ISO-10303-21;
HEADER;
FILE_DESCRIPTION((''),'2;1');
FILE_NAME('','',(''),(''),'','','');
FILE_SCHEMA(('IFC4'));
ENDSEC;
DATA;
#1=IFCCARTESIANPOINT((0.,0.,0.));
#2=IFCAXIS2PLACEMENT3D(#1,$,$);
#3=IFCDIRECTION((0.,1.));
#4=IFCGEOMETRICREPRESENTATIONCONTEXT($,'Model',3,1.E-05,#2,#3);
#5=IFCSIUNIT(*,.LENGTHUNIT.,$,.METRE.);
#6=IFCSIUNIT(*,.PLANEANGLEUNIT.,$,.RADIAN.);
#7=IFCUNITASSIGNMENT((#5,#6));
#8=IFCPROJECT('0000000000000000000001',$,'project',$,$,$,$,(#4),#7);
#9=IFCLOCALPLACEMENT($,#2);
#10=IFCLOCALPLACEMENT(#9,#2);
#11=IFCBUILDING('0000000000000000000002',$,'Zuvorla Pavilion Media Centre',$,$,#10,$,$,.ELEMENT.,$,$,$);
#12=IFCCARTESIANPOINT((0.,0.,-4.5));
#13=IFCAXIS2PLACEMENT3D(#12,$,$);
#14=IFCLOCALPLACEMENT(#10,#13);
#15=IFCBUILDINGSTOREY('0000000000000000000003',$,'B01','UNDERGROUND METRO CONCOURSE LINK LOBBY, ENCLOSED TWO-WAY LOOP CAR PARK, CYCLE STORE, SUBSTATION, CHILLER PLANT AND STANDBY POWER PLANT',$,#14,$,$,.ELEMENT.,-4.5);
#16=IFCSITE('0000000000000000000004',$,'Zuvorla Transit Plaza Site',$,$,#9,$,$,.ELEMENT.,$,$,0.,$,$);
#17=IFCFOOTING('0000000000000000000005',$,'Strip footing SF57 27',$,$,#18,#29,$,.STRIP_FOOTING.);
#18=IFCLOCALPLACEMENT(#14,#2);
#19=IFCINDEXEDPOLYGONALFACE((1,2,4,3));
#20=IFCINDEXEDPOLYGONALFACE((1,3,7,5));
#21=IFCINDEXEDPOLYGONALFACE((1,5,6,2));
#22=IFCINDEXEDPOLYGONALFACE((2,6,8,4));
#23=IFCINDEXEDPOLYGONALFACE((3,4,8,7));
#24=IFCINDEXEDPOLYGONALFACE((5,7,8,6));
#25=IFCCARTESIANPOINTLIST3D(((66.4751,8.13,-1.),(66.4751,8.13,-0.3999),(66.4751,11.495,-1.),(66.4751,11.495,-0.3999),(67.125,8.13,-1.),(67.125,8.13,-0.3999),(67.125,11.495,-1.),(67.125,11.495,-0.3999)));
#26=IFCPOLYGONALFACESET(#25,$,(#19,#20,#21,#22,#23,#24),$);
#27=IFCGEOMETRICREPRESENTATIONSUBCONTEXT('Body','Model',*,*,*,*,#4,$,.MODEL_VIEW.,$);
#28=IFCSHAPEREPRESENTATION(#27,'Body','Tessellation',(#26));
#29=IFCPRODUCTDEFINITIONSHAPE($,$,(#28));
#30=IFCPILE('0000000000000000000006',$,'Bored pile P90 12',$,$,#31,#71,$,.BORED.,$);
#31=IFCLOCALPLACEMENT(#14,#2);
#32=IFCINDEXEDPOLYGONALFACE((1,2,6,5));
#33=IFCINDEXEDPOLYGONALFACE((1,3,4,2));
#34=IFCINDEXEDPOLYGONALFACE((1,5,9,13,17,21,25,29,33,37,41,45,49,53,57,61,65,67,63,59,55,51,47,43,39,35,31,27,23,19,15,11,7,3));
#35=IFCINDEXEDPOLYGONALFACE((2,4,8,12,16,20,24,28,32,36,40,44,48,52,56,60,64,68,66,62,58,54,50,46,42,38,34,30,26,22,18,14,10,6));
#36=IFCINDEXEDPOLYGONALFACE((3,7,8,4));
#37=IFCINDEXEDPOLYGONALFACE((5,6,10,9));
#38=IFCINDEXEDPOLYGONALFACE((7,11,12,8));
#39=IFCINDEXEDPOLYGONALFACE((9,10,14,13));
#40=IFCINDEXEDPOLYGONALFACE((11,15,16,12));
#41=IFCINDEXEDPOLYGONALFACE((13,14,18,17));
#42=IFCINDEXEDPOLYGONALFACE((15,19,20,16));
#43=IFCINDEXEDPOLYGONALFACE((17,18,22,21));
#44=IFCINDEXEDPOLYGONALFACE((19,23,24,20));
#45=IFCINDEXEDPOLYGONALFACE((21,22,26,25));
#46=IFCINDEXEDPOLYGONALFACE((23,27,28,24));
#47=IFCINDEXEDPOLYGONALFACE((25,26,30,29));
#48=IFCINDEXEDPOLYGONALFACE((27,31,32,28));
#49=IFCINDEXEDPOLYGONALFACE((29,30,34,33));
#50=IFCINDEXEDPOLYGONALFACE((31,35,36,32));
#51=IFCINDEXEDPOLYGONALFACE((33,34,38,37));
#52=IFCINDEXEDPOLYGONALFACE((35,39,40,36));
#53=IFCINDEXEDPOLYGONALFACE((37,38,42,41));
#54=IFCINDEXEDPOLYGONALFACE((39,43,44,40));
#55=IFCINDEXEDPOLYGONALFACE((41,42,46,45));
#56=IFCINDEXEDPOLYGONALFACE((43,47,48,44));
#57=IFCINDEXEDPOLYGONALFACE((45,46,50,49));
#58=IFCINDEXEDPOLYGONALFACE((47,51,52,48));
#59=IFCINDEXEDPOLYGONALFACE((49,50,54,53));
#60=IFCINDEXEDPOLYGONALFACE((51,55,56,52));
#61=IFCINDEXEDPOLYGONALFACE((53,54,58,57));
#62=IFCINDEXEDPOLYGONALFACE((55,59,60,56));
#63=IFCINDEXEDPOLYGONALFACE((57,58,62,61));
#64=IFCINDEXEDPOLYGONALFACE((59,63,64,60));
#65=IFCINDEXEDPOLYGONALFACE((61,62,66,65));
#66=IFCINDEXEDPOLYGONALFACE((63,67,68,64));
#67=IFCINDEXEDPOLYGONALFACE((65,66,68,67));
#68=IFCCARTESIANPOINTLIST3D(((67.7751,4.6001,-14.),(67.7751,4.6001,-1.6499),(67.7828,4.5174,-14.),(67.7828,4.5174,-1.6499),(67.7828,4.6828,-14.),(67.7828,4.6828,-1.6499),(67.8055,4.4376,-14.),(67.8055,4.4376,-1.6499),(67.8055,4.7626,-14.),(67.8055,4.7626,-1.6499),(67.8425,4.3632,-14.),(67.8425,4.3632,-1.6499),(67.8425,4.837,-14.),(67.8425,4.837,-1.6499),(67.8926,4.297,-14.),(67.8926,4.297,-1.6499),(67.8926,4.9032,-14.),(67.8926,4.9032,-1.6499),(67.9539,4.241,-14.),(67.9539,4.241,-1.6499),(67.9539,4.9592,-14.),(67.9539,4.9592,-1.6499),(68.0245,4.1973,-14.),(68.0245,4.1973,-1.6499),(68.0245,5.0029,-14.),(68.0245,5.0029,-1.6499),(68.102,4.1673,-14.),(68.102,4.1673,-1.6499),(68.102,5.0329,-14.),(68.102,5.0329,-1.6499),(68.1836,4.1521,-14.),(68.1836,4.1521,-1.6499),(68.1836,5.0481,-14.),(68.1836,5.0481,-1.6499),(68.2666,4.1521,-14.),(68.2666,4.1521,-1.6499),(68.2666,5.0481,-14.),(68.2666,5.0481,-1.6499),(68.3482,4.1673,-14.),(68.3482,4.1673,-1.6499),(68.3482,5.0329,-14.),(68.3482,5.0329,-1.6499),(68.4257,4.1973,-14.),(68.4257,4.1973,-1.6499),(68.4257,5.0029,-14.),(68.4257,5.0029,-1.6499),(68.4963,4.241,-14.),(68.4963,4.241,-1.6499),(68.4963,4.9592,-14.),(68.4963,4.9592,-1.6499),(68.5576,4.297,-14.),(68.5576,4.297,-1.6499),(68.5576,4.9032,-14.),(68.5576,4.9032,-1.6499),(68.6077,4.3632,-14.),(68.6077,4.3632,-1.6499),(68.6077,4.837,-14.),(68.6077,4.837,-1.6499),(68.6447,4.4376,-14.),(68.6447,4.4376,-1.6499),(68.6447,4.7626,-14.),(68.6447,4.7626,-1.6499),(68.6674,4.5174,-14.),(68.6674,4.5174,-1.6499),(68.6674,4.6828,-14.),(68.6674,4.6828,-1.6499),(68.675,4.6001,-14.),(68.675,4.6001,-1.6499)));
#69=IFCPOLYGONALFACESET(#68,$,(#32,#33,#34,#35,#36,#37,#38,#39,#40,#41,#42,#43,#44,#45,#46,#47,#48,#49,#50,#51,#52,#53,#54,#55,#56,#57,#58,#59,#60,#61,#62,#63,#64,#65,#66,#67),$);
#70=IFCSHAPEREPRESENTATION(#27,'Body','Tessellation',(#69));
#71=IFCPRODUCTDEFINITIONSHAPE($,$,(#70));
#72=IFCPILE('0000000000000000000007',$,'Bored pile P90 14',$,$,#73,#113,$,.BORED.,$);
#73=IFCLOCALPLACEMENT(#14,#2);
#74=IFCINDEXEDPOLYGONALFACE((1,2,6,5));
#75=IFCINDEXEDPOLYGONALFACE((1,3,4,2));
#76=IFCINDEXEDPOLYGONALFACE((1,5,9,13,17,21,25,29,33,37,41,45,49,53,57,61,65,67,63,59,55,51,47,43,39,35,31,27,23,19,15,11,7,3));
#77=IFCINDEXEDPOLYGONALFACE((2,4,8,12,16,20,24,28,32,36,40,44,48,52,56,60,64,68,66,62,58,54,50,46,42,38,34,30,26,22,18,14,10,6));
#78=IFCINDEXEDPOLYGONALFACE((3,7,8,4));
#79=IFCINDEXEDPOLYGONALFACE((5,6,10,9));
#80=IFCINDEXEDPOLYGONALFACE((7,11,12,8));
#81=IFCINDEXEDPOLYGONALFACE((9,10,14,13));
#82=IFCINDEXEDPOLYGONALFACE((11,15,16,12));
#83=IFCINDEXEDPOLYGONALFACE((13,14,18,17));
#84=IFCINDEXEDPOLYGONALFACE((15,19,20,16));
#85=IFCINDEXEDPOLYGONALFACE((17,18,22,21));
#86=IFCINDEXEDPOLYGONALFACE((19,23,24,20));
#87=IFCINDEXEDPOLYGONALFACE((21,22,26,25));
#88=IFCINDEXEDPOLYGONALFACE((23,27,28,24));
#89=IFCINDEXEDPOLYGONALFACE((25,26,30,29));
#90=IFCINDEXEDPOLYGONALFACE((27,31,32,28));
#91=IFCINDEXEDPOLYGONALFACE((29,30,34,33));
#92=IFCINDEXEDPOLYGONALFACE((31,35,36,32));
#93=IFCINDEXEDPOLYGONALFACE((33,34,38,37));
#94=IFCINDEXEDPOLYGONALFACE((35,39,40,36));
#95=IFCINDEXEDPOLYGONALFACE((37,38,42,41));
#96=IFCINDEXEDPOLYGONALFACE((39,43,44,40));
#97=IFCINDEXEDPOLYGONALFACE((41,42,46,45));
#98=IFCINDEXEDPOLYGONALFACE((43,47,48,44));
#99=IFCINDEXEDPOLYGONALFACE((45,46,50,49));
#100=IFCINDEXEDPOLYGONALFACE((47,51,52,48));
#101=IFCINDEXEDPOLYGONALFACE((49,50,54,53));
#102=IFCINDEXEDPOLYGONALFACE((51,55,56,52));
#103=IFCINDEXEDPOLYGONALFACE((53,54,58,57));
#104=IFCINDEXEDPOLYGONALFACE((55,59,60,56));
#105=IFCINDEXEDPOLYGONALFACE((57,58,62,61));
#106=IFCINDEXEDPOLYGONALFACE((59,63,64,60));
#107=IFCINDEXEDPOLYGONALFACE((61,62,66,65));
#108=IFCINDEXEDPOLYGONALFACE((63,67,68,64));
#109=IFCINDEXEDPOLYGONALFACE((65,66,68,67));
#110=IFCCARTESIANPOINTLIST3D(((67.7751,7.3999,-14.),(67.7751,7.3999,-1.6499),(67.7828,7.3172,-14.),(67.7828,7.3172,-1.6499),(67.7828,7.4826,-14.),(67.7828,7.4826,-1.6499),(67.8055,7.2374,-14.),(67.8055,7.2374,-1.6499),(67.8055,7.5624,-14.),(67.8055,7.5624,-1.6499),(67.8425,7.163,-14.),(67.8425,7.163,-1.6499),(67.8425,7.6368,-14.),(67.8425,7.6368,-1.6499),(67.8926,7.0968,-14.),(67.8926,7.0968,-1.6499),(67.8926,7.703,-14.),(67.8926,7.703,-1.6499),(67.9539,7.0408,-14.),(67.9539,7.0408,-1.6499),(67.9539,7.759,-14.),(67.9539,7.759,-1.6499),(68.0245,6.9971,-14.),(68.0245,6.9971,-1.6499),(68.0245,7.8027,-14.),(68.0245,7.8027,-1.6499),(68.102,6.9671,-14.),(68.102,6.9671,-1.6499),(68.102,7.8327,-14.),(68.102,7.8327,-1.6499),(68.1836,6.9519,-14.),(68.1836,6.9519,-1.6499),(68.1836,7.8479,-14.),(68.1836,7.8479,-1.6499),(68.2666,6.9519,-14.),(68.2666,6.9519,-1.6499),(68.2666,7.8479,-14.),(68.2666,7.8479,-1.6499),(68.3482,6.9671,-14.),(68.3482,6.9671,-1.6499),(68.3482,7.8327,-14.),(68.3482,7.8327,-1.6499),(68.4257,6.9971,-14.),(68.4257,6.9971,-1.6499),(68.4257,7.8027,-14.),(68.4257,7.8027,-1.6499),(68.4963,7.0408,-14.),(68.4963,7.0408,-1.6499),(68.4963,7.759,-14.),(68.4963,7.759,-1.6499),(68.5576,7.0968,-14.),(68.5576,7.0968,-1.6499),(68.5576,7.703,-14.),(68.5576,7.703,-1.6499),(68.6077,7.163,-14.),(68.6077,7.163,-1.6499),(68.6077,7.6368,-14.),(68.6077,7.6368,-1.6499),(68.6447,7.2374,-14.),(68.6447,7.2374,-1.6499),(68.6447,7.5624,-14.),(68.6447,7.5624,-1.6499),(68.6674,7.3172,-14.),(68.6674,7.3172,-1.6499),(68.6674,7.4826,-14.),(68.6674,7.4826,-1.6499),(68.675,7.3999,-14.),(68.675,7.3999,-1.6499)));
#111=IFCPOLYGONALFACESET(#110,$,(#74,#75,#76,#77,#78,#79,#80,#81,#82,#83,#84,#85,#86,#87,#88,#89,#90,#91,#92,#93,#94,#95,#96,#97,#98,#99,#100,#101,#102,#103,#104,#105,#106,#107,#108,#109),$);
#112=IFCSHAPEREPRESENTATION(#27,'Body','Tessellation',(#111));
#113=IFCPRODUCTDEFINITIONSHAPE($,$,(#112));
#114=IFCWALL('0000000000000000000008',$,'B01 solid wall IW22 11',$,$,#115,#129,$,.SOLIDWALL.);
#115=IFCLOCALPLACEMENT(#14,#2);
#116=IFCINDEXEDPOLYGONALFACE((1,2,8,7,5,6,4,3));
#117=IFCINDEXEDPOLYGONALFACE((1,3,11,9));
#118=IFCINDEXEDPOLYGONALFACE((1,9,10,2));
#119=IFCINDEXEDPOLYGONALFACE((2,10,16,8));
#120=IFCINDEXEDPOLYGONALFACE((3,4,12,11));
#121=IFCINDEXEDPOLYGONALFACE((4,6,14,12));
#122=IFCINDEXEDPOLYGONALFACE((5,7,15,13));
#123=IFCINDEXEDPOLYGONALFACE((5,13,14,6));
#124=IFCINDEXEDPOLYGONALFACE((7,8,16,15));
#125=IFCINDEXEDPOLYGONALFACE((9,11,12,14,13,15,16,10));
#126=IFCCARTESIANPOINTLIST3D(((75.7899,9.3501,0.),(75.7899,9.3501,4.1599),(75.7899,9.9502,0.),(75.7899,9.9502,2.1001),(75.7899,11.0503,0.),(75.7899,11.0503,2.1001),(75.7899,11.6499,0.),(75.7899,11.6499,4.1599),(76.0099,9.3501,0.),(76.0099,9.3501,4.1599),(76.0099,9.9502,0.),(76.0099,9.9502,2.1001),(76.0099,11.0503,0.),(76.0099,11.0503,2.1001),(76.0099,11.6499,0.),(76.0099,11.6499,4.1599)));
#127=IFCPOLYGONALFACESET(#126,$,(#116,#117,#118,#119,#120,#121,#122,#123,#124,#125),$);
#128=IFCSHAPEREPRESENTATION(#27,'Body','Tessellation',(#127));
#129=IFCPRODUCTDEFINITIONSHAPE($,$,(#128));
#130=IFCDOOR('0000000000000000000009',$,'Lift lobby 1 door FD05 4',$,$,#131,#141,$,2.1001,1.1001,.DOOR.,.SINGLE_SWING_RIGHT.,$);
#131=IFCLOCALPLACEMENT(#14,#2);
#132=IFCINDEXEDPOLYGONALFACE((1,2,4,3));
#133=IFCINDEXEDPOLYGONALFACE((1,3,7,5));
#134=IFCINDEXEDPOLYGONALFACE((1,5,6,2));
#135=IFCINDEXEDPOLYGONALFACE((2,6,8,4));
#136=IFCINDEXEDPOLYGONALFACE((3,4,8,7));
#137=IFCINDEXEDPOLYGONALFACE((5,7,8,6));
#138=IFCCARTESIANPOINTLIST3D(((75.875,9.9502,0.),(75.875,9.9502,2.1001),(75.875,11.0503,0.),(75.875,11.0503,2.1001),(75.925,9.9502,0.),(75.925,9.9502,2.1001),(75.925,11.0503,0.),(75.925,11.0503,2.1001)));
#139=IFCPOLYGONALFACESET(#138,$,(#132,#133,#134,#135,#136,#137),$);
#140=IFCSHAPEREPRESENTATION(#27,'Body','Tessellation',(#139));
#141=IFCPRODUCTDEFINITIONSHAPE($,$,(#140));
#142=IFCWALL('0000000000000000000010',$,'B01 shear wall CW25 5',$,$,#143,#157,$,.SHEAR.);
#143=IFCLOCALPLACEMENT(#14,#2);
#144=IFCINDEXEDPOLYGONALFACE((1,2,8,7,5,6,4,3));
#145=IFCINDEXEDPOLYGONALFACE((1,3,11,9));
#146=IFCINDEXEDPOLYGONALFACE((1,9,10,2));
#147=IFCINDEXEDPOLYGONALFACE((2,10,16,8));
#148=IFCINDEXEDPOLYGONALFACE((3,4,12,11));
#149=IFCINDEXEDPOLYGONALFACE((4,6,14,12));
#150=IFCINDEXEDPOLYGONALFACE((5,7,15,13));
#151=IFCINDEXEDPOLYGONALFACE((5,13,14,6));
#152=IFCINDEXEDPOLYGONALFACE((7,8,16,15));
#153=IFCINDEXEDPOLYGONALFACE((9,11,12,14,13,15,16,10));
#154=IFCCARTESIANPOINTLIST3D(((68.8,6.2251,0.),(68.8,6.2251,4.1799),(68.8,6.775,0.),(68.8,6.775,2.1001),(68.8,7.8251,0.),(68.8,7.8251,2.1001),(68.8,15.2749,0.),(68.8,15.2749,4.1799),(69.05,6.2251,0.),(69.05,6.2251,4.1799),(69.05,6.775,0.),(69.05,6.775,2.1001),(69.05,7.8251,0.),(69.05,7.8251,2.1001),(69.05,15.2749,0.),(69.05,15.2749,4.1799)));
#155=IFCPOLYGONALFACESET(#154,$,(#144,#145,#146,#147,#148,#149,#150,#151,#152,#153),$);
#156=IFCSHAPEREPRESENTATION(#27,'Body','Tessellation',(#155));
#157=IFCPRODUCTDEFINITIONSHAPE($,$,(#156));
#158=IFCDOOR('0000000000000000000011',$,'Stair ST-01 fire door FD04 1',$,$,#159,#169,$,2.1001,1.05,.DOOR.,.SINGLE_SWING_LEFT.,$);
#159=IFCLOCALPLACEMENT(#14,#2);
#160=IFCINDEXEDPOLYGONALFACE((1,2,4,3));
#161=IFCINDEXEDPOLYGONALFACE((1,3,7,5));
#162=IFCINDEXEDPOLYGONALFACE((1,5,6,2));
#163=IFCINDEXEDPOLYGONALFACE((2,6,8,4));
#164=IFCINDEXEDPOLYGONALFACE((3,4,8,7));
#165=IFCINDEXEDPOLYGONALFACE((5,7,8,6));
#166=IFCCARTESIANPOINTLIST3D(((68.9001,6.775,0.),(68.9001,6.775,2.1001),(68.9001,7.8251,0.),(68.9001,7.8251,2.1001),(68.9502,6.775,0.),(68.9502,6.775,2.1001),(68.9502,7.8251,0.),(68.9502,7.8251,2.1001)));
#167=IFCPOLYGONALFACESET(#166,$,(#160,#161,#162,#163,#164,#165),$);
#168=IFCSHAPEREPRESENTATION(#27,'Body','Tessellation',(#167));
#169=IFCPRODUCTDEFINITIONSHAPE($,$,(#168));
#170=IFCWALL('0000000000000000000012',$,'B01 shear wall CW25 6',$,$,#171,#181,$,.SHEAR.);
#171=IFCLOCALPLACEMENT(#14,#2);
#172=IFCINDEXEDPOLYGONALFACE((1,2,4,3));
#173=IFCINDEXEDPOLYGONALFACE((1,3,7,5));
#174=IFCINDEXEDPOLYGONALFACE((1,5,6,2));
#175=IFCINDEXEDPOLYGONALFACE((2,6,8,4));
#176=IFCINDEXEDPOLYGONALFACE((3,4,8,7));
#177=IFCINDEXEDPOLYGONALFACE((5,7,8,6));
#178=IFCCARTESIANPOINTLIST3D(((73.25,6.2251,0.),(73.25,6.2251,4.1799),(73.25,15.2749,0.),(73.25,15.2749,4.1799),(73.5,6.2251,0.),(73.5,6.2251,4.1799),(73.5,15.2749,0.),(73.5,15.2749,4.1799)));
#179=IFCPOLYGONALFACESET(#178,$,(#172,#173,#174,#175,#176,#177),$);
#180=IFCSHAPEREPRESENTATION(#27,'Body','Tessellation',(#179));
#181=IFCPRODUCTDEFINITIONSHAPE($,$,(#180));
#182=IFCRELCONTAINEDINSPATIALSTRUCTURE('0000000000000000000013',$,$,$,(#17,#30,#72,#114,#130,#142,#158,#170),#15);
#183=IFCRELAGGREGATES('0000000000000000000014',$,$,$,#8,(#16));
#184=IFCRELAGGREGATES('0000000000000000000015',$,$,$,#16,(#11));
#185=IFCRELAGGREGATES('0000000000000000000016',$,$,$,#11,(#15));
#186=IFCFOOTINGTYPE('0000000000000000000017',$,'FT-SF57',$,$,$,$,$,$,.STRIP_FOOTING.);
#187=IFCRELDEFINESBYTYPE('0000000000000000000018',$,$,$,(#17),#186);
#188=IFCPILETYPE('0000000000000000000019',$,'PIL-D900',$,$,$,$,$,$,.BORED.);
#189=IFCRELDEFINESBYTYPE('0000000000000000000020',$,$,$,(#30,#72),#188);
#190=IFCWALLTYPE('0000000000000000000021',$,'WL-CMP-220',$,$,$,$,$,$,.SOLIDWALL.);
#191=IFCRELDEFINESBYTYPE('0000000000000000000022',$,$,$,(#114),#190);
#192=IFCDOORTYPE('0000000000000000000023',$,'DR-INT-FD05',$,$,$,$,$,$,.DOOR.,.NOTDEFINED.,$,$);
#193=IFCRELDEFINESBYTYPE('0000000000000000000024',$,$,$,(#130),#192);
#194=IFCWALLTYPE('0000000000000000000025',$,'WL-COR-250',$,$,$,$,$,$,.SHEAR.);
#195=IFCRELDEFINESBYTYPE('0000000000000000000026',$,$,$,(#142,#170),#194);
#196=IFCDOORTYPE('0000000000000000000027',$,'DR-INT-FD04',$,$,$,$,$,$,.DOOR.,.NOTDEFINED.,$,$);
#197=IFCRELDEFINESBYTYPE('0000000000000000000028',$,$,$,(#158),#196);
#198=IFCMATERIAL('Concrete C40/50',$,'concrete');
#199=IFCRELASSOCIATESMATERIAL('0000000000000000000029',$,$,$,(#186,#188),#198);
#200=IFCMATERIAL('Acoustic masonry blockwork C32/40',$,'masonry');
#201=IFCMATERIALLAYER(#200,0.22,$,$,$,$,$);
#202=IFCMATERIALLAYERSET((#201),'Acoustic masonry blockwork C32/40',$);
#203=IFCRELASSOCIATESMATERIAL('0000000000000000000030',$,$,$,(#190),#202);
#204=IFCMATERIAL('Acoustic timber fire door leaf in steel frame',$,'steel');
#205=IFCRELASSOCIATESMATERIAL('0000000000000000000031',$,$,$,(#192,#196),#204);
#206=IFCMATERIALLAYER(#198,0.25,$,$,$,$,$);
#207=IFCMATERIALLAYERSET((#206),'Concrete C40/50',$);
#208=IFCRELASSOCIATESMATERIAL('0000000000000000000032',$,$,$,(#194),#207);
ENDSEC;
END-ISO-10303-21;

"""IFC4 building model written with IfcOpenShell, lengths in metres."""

from ifc_helpers import new_model, si_unit, direction, frame, frame_2d, origin, origin_2d, place, context, subcontext, project, spatial, rectangle, circle, extrude, material, layer, layer_set, material_profile, profile_set, type_object, element, fill, save


model = new_model("IFC4")

# Units and contexts
model_context = context("Model", 3, precision=1e-05, world=origin(), true_north=direction((0.0, 1.0)))
body_context = subcontext(model_context, "Body", "Model", "MODEL_VIEW")
ifc_project = project(units=[si_unit("LENGTHUNIT", "METRE"), si_unit("PLANEANGLEUNIT", "RADIAN")], contexts=[model_context])

# Site, building, storey
site_placement = place(None, origin())
site = spatial("IfcSite", under=ifc_project, at=site_placement, Name="Zuvorla Transit Plaza Site", CompositionType="ELEMENT", RefElevation=0.0)
building_placement = place(site_placement, origin())
building = spatial("IfcBuilding", under=site, at=building_placement, Name="Zuvorla Pavilion Media Centre", CompositionType="ELEMENT")
storey_placement = place(building_placement, frame((0.0, 0.0, -4.5)))
storey = spatial("IfcBuildingStorey", under=building, at=storey_placement, Name="B01", Description="UNDERGROUND METRO CONCOURSE LINK LOBBY, ENCLOSED TWO-WAY LOOP CAR PARK, CYCLE STORE, SUBSTATION, CHILLER PLANT AND STANDBY POWER PLANT", CompositionType="ELEMENT", Elevation=-4.5)

# Footing
ifc_material_1 = material(Name="Concrete C40/50", Category="concrete")
footing_type = type_object("IfcFootingType", Name="FT-SF57", PredefinedType="STRIP_FOOTING", material=ifc_material_1)
footing_placement = place(storey_placement, frame((66.8, 9.8125, -1.0), z_axis=(0.0, 0.0, 1.0), x_axis=(0.0, 1.0, 0.0)))
element("IfcFooting", 1, at=footing_placement, inside=storey, type_object=footing_type, Name="Strip footing SF57 27", PredefinedType="STRIP_FOOTING", context=body_context, shape_type="SweptSolid", body=[
    extrude(rectangle(XDim=3.365, YDim=0.6499, at=origin_2d()), origin(), (0.0, 0.0, 1.0), 0.6001),
])

# Piles
ifc_material_profile = material_profile(ifc_material_1, circle(Radius=0.45, at=origin_2d()), Name="BORED PILE 900")
ifc_profile_set = profile_set([ifc_material_profile], Name="Concrete C40/50")
pile_type = type_object("IfcPileType", Name="PIL-D900", PredefinedType="BORED", material=ifc_profile_set)
for number, where, z_axis, x_axis, name in (
    (2, (68.2251, 4.6001, -1.6499), (0.0, 0.0, -1.0), (1.0, 0.0, 0.0), "Bored pile P90 12"),
    (3, (68.2251, 7.3999, -1.6499), (0.0, 0.0, -1.0), (1.0, 0.0, 0.0), "Bored pile P90 14"),
):
    element("IfcPile", number, at=place(storey_placement, frame(where, z_axis=z_axis, x_axis=x_axis)), inside=storey, type_object=pile_type, Name=name, PredefinedType="BORED", context=body_context, shape_type="SweptSolid", body=[
        extrude(circle(Radius=0.45, at=origin_2d()), origin(), (0.0, 0.0, 1.0), 12.3501),
    ])

# Walls, openings, doors
ifc_material_2 = material(Name="Acoustic masonry blockwork C32/40", Category="masonry")
ifc_layer_1 = layer(ifc_material_2, 0.22)
ifc_layer_set_1 = layer_set([ifc_layer_1], Name="Acoustic masonry blockwork C32/40")
wall_type_1 = type_object("IfcWallType", Name="WL-CMP-220", PredefinedType="SOLIDWALL", material=ifc_layer_set_1)
wall_1_placement = place(storey_placement, frame((75.8999, 9.3501, 0.0), z_axis=(0.0, 0.0, 1.0), x_axis=(0.0, 1.0, 0.0)))
wall_1 = element("IfcWall", 4, at=wall_1_placement, inside=storey, type_object=wall_type_1, Name="B01 solid wall IW22 11", PredefinedType="SOLIDWALL", context=body_context, shape_type="SweptSolid", body=[
    extrude(rectangle(XDim=2.2998, YDim=0.22, at=frame_2d((1.1499, 0.0))), origin(), (0.0, 0.0, 1.0), 4.1599),
])
opening_1_placement = place(wall_1_placement, frame((0.6001, 0.0, 0.0)))
opening_1 = element("IfcOpeningElement", 5, at=opening_1_placement, cuts=wall_1, PredefinedType="OPENING", context=body_context, shape_type="SweptSolid", body=[
    extrude(rectangle(XDim=1.1001, YDim=2.1001, at=frame_2d((0.55, 1.05))), frame((0.0, 0.1199, 0.0), z_axis=(0.0, -1.0, 0.0), x_axis=(1.0, 0.0, 0.0)), (0.0, 0.0, 1.0), 0.24),
])
ifc_material_3 = material(Name="Acoustic timber fire door leaf in steel frame", Category="steel")
door_type_1 = type_object("IfcDoorType", Name="DR-INT-FD05", OperationType="NOTDEFINED", PredefinedType="DOOR", material=ifc_material_3)
door_1_placement = place(opening_1_placement, origin())
door_1 = element("IfcDoor", 6, at=door_1_placement, inside=storey, type_object=door_type_1, Name="Lift lobby 1 door FD05 4", OperationType="SINGLE_SWING_RIGHT", OverallHeight=2.1001, OverallWidth=1.1001, PredefinedType="DOOR", context=body_context, shape_type="SweptSolid", body=[
    extrude(rectangle(XDim=1.1001, YDim=2.1001, at=frame_2d((0.55, 1.05))), frame((0.0, 0.0249, 0.0), z_axis=(0.0, -1.0, 0.0), x_axis=(1.0, 0.0, 0.0)), (0.0, 0.0, 1.0), 0.05),
])
fill(opening_1, door_1)
ifc_layer_2 = layer(ifc_material_1, 0.25)
ifc_layer_set_2 = layer_set([ifc_layer_2], Name="Concrete C40/50")
wall_type_2 = type_object("IfcWallType", Name="WL-COR-250", PredefinedType="SHEAR", material=ifc_layer_set_2)
wall_2_placement = place(storey_placement, frame((68.925, 6.2251, 0.0), z_axis=(0.0, 0.0, 1.0), x_axis=(0.0, 1.0, 0.0)))
wall_2 = element("IfcWall", 7, at=wall_2_placement, inside=storey, type_object=wall_type_2, Name="B01 shear wall CW25 5", PredefinedType="SHEAR", context=body_context, shape_type="SweptSolid", body=[
    extrude(rectangle(XDim=9.0498, YDim=0.25, at=frame_2d((4.5249, 0.0))), origin(), (0.0, 0.0, 1.0), 4.1799),
])
opening_2_placement = place(wall_2_placement, frame((0.55, 0.0, 0.0)))
opening_2 = element("IfcOpeningElement", 8, at=opening_2_placement, cuts=wall_2, PredefinedType="OPENING", context=body_context, shape_type="SweptSolid", body=[
    extrude(rectangle(XDim=1.05, YDim=2.1001, at=frame_2d((0.5249, 1.05))), frame((0.0, 0.135, 0.0), z_axis=(0.0, -1.0, 0.0), x_axis=(1.0, 0.0, 0.0)), (0.0, 0.0, 1.0), 0.27),
])
door_type_2 = type_object("IfcDoorType", Name="DR-INT-FD04", OperationType="NOTDEFINED", PredefinedType="DOOR", material=ifc_material_3)
door_2_placement = place(opening_2_placement, origin())
door_2 = element("IfcDoor", 9, at=door_2_placement, inside=storey, type_object=door_type_2, Name="Stair ST-01 fire door FD04 1", OperationType="SINGLE_SWING_LEFT", OverallHeight=2.1001, OverallWidth=1.05, PredefinedType="DOOR", context=body_context, shape_type="SweptSolid", body=[
    extrude(rectangle(XDim=1.05, YDim=2.1001, at=frame_2d((0.5249, 1.05))), frame((0.0, 0.0249, 0.0), z_axis=(0.0, -1.0, 0.0), x_axis=(1.0, 0.0, 0.0)), (0.0, 0.0, 1.0), 0.05),
])
fill(opening_2, door_2)

# Wall
wall_3_placement = place(storey_placement, frame((73.375, 6.2251, 0.0), z_axis=(0.0, 0.0, 1.0), x_axis=(0.0, 1.0, 0.0)))
element("IfcWall", 10, at=wall_3_placement, inside=storey, type_object=wall_type_2, Name="B01 shear wall CW25 6", PredefinedType="SHEAR", context=body_context, shape_type="SweptSolid", body=[
    extrude(rectangle(XDim=9.0498, YDim=0.25, at=frame_2d((4.5249, 0.0))), origin(), (0.0, 0.0, 1.0), 4.1799),
])

save(model, "model.ifc")
